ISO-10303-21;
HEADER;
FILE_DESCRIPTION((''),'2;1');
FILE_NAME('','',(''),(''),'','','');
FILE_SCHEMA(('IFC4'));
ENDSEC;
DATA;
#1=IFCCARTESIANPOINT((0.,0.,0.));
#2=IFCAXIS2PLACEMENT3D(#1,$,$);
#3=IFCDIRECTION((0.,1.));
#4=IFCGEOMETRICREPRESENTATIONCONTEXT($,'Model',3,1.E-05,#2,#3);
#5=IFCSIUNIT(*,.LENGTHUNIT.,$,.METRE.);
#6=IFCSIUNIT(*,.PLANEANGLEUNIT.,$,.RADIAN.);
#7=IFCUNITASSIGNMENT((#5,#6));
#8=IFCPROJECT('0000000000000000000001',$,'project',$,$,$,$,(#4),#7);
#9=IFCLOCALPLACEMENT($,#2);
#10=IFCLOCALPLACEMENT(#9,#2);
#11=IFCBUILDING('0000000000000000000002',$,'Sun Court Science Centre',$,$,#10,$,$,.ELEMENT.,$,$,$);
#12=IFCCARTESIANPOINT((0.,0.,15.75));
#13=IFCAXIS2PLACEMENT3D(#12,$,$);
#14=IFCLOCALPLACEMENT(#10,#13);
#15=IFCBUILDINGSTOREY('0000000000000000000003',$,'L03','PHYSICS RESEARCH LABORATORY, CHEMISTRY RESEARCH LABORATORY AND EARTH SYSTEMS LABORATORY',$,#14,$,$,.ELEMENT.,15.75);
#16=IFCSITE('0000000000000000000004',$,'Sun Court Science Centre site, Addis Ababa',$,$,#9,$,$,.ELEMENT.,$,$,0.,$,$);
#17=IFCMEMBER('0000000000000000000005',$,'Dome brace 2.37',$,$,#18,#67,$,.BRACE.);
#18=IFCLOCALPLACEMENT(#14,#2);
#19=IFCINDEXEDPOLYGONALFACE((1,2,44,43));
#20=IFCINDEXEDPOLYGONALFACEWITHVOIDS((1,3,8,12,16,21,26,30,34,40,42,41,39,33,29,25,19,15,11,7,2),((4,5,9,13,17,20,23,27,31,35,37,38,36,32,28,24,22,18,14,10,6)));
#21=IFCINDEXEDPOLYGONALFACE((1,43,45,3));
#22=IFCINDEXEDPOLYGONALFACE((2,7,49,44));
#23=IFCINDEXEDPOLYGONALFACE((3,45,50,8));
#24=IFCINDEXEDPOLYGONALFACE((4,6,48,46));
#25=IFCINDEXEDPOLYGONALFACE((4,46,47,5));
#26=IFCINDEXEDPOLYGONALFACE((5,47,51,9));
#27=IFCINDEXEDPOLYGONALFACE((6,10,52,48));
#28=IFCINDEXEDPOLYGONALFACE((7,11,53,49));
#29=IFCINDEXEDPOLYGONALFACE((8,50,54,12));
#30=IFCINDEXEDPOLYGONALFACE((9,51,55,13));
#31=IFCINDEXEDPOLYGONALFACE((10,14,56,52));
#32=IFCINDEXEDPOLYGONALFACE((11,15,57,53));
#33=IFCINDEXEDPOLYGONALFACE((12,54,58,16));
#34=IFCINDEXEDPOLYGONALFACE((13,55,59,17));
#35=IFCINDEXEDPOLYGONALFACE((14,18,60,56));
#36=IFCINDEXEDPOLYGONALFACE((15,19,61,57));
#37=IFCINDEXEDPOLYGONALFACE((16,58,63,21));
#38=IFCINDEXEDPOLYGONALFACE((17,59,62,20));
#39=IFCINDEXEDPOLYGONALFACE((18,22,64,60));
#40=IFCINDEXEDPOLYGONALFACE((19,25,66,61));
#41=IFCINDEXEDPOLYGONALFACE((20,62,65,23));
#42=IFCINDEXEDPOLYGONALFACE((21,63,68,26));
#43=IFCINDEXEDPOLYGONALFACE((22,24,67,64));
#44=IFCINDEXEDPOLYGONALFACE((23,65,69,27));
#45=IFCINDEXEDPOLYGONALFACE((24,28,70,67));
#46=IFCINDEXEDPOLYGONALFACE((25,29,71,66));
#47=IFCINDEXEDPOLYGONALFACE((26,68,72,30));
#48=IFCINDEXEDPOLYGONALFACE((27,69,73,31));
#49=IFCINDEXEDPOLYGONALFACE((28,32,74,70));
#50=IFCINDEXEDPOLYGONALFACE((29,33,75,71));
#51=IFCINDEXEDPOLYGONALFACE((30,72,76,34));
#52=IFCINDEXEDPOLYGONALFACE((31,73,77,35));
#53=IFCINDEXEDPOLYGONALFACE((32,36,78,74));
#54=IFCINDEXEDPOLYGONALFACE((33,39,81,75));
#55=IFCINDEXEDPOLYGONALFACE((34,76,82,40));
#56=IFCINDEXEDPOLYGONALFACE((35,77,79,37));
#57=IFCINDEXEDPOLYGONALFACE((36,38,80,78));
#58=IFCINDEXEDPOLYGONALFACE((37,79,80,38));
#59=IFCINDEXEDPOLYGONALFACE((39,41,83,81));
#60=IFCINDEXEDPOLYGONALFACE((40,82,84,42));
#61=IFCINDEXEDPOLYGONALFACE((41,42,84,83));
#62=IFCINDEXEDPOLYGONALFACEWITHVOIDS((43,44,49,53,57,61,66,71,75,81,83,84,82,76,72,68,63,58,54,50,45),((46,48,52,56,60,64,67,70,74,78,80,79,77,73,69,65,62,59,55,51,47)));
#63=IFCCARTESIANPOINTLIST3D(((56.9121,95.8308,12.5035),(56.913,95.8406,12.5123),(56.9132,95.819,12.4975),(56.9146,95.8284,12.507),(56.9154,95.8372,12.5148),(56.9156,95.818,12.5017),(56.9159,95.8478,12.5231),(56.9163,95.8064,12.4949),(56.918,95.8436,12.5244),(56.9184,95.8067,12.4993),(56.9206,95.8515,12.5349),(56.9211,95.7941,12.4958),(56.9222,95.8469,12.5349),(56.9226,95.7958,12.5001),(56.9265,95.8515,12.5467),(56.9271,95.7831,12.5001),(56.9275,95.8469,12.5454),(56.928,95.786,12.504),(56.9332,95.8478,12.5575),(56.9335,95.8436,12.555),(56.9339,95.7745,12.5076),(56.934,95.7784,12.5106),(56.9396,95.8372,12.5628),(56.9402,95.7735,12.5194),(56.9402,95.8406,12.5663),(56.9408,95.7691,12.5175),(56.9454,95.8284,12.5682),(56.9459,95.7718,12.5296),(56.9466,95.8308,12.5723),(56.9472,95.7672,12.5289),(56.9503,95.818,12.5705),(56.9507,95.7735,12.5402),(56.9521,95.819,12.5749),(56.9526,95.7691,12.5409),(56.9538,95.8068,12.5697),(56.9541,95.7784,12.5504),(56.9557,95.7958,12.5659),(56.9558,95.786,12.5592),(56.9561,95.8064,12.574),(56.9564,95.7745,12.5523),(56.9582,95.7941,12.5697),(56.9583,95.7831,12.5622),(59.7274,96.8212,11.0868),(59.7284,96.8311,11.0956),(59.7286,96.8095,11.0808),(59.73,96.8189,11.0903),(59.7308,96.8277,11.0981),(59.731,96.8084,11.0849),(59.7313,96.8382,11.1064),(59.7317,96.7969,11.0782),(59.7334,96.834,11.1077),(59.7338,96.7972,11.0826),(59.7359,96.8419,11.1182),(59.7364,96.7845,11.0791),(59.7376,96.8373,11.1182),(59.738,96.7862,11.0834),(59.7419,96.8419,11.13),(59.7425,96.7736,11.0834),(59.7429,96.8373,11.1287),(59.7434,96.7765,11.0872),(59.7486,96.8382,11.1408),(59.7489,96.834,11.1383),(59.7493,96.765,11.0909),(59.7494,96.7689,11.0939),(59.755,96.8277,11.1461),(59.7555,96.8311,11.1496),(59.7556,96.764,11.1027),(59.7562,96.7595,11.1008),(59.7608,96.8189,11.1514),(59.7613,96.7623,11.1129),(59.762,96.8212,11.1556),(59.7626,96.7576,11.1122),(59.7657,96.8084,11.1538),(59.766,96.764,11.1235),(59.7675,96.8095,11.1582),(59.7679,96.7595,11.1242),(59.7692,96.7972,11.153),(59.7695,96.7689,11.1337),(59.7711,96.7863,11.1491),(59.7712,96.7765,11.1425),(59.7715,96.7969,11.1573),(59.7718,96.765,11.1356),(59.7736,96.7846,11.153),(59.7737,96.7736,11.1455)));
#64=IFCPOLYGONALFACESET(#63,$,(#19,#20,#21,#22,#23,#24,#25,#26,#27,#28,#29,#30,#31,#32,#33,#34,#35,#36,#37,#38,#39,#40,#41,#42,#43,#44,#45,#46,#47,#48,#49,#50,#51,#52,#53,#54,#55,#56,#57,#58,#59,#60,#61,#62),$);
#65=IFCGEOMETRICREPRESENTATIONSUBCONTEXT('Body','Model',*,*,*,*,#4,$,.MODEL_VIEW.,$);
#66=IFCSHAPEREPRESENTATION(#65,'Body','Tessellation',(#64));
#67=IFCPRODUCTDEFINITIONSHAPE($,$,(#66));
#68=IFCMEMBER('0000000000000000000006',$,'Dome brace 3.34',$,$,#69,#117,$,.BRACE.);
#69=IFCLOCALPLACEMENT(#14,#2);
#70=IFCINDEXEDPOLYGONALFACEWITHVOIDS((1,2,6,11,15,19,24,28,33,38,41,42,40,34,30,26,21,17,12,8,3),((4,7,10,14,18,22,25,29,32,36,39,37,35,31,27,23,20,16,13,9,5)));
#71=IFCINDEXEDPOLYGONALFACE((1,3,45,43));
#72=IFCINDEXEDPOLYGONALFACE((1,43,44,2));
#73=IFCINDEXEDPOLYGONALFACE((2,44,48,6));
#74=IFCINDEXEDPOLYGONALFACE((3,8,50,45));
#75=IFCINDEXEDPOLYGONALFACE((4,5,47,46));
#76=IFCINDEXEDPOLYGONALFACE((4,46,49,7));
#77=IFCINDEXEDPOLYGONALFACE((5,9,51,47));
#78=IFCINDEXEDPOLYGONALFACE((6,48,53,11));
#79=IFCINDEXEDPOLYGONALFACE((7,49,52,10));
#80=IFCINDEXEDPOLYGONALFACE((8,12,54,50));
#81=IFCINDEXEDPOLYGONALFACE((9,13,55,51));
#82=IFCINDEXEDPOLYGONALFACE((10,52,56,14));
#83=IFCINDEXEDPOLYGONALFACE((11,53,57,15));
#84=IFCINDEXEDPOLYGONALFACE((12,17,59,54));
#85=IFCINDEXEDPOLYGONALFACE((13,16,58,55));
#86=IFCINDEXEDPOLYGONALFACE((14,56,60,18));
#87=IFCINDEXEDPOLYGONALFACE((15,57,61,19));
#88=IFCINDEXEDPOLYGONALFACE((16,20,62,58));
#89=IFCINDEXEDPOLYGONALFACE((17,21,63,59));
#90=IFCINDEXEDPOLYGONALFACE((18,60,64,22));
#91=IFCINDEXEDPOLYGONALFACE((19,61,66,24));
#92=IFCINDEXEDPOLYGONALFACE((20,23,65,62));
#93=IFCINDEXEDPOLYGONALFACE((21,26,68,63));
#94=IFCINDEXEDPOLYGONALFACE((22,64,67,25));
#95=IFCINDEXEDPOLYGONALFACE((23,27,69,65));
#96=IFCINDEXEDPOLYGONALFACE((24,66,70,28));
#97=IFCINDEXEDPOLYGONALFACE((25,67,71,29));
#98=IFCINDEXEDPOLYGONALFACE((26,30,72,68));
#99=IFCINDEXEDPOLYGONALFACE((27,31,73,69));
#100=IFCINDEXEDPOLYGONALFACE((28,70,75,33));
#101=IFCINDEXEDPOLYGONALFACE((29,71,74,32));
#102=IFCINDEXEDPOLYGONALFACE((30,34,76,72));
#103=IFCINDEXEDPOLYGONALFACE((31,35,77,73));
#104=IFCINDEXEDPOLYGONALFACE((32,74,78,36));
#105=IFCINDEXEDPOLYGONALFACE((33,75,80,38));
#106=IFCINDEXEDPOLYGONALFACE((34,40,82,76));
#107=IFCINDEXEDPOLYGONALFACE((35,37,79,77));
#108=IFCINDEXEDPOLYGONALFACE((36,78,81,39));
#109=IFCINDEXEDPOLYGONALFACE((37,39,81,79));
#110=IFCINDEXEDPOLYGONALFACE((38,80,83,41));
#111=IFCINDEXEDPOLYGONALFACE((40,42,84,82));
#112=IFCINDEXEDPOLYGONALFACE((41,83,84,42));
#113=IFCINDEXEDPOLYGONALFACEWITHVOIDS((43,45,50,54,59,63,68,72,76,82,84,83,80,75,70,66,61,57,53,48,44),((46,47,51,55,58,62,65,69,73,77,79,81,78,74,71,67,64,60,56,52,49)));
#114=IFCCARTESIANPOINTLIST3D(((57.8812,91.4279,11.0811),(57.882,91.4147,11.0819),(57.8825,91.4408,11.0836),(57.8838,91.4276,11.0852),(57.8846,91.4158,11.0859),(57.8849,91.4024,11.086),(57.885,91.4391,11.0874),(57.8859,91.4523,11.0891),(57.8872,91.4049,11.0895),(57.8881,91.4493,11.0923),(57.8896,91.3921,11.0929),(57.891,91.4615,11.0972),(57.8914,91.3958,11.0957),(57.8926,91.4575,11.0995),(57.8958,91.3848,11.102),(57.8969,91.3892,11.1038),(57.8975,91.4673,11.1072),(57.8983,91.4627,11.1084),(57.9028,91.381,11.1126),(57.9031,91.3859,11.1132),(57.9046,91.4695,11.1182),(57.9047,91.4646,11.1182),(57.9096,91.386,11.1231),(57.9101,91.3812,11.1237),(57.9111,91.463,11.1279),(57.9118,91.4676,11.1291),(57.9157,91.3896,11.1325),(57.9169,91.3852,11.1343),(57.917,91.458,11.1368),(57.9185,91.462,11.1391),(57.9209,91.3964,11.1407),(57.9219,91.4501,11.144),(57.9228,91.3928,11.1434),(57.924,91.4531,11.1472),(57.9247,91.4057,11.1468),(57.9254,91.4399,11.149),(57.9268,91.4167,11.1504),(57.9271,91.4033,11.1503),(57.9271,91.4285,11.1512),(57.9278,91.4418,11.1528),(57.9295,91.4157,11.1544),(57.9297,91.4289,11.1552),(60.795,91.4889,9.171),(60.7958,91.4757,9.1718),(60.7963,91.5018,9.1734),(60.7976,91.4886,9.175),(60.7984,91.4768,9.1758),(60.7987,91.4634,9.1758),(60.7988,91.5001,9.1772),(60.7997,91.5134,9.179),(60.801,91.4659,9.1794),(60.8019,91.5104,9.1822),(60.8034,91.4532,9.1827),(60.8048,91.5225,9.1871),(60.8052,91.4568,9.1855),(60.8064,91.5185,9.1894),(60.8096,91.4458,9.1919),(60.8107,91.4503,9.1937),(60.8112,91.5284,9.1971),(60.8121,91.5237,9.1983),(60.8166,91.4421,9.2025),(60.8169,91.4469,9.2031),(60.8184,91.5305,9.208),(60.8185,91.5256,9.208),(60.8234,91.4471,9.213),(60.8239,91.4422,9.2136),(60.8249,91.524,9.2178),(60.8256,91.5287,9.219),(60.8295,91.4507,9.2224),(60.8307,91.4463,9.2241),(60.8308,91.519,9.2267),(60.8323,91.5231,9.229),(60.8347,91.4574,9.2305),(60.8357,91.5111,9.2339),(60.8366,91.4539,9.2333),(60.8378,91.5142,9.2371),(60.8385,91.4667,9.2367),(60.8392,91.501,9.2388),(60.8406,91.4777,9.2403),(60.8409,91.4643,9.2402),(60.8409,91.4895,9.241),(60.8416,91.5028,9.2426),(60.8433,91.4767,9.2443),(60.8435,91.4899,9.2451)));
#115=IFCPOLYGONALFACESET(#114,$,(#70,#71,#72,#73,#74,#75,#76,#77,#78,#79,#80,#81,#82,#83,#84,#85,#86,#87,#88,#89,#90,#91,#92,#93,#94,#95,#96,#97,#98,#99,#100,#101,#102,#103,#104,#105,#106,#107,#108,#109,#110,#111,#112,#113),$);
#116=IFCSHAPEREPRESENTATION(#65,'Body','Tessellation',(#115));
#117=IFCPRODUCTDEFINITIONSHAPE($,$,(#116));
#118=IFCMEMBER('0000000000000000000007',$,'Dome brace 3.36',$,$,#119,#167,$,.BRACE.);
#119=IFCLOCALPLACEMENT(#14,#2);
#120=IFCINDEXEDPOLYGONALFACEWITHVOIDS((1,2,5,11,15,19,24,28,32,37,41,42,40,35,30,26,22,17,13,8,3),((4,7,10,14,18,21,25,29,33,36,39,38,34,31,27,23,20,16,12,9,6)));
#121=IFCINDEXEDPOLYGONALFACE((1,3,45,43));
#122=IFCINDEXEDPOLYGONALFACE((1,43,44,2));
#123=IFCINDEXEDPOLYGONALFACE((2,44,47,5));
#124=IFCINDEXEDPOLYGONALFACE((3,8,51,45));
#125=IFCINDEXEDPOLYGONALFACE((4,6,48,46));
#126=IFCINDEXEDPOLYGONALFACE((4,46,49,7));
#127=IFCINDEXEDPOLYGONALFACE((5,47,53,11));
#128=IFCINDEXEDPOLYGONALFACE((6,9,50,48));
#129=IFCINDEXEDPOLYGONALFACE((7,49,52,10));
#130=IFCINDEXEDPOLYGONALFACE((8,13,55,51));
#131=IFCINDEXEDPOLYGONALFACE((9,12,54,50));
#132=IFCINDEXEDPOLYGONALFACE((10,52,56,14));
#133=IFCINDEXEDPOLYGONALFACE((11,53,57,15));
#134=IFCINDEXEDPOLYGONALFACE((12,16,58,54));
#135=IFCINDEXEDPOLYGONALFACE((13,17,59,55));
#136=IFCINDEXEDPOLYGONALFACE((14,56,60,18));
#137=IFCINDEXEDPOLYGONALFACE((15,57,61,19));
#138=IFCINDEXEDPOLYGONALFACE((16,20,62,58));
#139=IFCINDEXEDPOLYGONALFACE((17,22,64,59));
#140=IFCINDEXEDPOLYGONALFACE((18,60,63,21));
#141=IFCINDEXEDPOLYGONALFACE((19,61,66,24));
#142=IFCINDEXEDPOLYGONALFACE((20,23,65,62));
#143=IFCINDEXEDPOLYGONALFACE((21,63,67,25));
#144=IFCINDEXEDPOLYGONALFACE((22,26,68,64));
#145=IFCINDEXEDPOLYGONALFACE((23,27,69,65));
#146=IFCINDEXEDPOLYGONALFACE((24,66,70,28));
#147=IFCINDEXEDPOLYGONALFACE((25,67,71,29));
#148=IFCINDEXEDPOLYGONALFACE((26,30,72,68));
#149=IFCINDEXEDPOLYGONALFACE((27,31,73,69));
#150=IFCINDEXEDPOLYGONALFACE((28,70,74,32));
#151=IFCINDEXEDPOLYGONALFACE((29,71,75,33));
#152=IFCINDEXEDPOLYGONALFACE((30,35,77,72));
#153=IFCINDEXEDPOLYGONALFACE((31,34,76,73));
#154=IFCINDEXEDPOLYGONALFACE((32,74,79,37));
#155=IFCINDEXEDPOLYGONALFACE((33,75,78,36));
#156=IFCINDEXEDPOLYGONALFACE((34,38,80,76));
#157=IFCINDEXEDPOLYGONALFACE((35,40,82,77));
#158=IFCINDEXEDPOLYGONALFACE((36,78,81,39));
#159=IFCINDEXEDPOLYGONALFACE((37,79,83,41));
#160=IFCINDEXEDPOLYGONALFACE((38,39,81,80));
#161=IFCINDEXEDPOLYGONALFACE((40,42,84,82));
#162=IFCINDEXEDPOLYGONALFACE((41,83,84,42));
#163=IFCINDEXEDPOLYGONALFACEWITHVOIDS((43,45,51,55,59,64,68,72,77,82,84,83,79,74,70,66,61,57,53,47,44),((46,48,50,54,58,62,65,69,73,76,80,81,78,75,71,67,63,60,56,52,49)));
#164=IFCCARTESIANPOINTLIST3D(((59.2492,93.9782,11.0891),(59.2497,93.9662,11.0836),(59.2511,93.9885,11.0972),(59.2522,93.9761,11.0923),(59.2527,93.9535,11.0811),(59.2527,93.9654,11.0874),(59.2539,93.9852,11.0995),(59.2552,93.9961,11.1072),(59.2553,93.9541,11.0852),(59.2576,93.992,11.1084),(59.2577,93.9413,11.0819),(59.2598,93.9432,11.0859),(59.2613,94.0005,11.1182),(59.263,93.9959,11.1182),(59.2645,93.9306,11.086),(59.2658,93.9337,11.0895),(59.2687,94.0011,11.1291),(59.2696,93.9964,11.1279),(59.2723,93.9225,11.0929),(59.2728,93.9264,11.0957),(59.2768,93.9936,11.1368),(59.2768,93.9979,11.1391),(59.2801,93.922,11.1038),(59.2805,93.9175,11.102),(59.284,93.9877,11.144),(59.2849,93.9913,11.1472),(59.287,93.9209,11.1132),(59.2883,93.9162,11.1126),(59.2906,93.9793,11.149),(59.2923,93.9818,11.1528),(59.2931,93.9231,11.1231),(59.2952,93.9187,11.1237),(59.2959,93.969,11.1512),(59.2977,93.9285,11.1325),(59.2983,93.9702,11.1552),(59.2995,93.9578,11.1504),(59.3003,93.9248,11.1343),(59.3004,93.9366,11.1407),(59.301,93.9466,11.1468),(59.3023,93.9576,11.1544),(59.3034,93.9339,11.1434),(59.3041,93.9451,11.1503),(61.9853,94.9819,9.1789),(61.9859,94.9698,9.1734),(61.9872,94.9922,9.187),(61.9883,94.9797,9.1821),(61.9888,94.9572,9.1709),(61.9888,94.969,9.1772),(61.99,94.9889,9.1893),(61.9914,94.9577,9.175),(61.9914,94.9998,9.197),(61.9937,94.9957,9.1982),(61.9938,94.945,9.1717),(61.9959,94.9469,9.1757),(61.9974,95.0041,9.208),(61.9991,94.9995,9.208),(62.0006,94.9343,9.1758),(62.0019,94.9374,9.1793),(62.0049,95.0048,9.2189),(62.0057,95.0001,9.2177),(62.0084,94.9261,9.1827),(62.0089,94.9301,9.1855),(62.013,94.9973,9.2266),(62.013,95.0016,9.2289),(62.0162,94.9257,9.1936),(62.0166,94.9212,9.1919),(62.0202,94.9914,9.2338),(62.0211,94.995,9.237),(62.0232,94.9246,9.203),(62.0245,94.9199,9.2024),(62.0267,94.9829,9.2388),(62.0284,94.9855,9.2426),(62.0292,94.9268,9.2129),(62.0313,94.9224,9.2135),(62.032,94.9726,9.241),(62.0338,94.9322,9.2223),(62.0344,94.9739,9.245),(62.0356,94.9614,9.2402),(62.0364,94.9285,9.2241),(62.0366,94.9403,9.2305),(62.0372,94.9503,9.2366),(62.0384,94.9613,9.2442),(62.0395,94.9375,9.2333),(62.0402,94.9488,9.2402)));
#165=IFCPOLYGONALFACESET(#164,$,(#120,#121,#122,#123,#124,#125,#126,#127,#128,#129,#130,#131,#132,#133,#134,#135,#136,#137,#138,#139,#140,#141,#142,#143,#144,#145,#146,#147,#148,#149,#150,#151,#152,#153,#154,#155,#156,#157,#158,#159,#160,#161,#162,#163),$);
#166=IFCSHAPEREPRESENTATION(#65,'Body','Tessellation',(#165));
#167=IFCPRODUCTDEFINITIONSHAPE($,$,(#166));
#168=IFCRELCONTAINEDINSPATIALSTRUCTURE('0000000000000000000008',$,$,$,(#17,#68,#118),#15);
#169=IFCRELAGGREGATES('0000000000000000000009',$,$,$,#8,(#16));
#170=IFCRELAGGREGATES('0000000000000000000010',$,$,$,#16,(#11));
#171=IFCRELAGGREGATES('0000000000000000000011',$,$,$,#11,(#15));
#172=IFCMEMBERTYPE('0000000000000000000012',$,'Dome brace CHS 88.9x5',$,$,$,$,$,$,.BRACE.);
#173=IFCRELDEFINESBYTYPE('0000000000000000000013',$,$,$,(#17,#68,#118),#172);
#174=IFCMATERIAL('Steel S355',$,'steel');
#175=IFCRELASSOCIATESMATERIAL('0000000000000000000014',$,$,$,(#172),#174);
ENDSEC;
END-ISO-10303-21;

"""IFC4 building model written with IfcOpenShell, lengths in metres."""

from ifc_helpers import new_model, si_unit, direction, frame, origin, origin_2d, place, context, subcontext, project, spatial, hollow_circle, extrude, material, material_profile, profile_set, type_object, element, save


model = new_model("IFC4")

# Units and contexts
model_context = context("Model", 3, precision=1e-05, world=origin(), true_north=direction((0.0, 1.0)))
body_context = subcontext(model_context, "Body", "Model", "MODEL_VIEW")
ifc_project = project(units=[si_unit("LENGTHUNIT", "METRE"), si_unit("PLANEANGLEUNIT", "RADIAN")], contexts=[model_context])

# Site, building, storey
site_placement = place(None, origin())
site = spatial("IfcSite", under=ifc_project, at=site_placement, Name="Sun Court Science Centre site, Addis Ababa", CompositionType="ELEMENT", RefElevation=0.0)
building_placement = place(site_placement, origin())
building = spatial("IfcBuilding", under=site, at=building_placement, Name="Sun Court Science Centre", CompositionType="ELEMENT")
storey_placement = place(building_placement, frame((0.0, 0.0, 15.75)))
storey = spatial("IfcBuildingStorey", under=building, at=storey_placement, Name="L03", Description="PHYSICS RESEARCH LABORATORY, CHEMISTRY RESEARCH LABORATORY AND EARTH SYSTEMS LABORATORY", CompositionType="ELEMENT", Elevation=15.75)

# Members
ifc_material_1 = material(Name="Steel S355", Category="steel")
ifc_material_profile_1 = material_profile(ifc_material_1, hollow_circle(Radius=0.0444, WallThickness=0.0049, at=origin_2d()), Name="CHS 88.9x5")
ifc_profile_set_1 = profile_set([ifc_material_profile_1], Name="Steel S355")
member_type_1 = type_object("IfcMemberType", Name="Dome brace CHS 88.9x5", PredefinedType="BRACE", material=ifc_profile_set_1)
member_1_placement = place(storey_placement, frame((56.9353, 95.8096, 12.5349), z_axis=(0.852188, 0.299803, -0.428828), x_axis=(-0.331866, 0.943327, 0.0)))
element("IfcMember", 1, at=member_1_placement, inside=storey, type_object=member_type_1, Name="Dome brace 2.37", PredefinedType="BRACE", context=body_context, shape_type="SweptSolid", body=[
    extrude(hollow_circle(Radius=0.0444, WallThickness=0.0049, at=origin_2d()), origin(), (0.0, 0.0, 1.0), 3.3037),
])
for number, where, z_axis, x_axis, name in (
    (2, (57.9055, 91.425, 11.1182), (0.836188, 0.017515, -0.548164), (-0.020942, 0.999781, 0.0), "Dome brace 3.34"),
    (3, (59.2766, 93.9587, 11.1182), (0.785201, 0.288031, -0.548176), (-0.344385, 0.938828, 0.0), "Dome brace 3.36"),
):
    element("IfcMember", number, at=place(storey_placement, frame(where, z_axis=z_axis, x_axis=x_axis)), inside=storey, type_object=member_type_1, Name=name, PredefinedType="BRACE", context=body_context, shape_type="SweptSolid", body=[
        extrude(hollow_circle(Radius=0.0444, WallThickness=0.0049, at=origin_2d()), origin(), (0.0, 0.0, 1.0), 3.4846),
    ])

save(model, "model.ifc")
